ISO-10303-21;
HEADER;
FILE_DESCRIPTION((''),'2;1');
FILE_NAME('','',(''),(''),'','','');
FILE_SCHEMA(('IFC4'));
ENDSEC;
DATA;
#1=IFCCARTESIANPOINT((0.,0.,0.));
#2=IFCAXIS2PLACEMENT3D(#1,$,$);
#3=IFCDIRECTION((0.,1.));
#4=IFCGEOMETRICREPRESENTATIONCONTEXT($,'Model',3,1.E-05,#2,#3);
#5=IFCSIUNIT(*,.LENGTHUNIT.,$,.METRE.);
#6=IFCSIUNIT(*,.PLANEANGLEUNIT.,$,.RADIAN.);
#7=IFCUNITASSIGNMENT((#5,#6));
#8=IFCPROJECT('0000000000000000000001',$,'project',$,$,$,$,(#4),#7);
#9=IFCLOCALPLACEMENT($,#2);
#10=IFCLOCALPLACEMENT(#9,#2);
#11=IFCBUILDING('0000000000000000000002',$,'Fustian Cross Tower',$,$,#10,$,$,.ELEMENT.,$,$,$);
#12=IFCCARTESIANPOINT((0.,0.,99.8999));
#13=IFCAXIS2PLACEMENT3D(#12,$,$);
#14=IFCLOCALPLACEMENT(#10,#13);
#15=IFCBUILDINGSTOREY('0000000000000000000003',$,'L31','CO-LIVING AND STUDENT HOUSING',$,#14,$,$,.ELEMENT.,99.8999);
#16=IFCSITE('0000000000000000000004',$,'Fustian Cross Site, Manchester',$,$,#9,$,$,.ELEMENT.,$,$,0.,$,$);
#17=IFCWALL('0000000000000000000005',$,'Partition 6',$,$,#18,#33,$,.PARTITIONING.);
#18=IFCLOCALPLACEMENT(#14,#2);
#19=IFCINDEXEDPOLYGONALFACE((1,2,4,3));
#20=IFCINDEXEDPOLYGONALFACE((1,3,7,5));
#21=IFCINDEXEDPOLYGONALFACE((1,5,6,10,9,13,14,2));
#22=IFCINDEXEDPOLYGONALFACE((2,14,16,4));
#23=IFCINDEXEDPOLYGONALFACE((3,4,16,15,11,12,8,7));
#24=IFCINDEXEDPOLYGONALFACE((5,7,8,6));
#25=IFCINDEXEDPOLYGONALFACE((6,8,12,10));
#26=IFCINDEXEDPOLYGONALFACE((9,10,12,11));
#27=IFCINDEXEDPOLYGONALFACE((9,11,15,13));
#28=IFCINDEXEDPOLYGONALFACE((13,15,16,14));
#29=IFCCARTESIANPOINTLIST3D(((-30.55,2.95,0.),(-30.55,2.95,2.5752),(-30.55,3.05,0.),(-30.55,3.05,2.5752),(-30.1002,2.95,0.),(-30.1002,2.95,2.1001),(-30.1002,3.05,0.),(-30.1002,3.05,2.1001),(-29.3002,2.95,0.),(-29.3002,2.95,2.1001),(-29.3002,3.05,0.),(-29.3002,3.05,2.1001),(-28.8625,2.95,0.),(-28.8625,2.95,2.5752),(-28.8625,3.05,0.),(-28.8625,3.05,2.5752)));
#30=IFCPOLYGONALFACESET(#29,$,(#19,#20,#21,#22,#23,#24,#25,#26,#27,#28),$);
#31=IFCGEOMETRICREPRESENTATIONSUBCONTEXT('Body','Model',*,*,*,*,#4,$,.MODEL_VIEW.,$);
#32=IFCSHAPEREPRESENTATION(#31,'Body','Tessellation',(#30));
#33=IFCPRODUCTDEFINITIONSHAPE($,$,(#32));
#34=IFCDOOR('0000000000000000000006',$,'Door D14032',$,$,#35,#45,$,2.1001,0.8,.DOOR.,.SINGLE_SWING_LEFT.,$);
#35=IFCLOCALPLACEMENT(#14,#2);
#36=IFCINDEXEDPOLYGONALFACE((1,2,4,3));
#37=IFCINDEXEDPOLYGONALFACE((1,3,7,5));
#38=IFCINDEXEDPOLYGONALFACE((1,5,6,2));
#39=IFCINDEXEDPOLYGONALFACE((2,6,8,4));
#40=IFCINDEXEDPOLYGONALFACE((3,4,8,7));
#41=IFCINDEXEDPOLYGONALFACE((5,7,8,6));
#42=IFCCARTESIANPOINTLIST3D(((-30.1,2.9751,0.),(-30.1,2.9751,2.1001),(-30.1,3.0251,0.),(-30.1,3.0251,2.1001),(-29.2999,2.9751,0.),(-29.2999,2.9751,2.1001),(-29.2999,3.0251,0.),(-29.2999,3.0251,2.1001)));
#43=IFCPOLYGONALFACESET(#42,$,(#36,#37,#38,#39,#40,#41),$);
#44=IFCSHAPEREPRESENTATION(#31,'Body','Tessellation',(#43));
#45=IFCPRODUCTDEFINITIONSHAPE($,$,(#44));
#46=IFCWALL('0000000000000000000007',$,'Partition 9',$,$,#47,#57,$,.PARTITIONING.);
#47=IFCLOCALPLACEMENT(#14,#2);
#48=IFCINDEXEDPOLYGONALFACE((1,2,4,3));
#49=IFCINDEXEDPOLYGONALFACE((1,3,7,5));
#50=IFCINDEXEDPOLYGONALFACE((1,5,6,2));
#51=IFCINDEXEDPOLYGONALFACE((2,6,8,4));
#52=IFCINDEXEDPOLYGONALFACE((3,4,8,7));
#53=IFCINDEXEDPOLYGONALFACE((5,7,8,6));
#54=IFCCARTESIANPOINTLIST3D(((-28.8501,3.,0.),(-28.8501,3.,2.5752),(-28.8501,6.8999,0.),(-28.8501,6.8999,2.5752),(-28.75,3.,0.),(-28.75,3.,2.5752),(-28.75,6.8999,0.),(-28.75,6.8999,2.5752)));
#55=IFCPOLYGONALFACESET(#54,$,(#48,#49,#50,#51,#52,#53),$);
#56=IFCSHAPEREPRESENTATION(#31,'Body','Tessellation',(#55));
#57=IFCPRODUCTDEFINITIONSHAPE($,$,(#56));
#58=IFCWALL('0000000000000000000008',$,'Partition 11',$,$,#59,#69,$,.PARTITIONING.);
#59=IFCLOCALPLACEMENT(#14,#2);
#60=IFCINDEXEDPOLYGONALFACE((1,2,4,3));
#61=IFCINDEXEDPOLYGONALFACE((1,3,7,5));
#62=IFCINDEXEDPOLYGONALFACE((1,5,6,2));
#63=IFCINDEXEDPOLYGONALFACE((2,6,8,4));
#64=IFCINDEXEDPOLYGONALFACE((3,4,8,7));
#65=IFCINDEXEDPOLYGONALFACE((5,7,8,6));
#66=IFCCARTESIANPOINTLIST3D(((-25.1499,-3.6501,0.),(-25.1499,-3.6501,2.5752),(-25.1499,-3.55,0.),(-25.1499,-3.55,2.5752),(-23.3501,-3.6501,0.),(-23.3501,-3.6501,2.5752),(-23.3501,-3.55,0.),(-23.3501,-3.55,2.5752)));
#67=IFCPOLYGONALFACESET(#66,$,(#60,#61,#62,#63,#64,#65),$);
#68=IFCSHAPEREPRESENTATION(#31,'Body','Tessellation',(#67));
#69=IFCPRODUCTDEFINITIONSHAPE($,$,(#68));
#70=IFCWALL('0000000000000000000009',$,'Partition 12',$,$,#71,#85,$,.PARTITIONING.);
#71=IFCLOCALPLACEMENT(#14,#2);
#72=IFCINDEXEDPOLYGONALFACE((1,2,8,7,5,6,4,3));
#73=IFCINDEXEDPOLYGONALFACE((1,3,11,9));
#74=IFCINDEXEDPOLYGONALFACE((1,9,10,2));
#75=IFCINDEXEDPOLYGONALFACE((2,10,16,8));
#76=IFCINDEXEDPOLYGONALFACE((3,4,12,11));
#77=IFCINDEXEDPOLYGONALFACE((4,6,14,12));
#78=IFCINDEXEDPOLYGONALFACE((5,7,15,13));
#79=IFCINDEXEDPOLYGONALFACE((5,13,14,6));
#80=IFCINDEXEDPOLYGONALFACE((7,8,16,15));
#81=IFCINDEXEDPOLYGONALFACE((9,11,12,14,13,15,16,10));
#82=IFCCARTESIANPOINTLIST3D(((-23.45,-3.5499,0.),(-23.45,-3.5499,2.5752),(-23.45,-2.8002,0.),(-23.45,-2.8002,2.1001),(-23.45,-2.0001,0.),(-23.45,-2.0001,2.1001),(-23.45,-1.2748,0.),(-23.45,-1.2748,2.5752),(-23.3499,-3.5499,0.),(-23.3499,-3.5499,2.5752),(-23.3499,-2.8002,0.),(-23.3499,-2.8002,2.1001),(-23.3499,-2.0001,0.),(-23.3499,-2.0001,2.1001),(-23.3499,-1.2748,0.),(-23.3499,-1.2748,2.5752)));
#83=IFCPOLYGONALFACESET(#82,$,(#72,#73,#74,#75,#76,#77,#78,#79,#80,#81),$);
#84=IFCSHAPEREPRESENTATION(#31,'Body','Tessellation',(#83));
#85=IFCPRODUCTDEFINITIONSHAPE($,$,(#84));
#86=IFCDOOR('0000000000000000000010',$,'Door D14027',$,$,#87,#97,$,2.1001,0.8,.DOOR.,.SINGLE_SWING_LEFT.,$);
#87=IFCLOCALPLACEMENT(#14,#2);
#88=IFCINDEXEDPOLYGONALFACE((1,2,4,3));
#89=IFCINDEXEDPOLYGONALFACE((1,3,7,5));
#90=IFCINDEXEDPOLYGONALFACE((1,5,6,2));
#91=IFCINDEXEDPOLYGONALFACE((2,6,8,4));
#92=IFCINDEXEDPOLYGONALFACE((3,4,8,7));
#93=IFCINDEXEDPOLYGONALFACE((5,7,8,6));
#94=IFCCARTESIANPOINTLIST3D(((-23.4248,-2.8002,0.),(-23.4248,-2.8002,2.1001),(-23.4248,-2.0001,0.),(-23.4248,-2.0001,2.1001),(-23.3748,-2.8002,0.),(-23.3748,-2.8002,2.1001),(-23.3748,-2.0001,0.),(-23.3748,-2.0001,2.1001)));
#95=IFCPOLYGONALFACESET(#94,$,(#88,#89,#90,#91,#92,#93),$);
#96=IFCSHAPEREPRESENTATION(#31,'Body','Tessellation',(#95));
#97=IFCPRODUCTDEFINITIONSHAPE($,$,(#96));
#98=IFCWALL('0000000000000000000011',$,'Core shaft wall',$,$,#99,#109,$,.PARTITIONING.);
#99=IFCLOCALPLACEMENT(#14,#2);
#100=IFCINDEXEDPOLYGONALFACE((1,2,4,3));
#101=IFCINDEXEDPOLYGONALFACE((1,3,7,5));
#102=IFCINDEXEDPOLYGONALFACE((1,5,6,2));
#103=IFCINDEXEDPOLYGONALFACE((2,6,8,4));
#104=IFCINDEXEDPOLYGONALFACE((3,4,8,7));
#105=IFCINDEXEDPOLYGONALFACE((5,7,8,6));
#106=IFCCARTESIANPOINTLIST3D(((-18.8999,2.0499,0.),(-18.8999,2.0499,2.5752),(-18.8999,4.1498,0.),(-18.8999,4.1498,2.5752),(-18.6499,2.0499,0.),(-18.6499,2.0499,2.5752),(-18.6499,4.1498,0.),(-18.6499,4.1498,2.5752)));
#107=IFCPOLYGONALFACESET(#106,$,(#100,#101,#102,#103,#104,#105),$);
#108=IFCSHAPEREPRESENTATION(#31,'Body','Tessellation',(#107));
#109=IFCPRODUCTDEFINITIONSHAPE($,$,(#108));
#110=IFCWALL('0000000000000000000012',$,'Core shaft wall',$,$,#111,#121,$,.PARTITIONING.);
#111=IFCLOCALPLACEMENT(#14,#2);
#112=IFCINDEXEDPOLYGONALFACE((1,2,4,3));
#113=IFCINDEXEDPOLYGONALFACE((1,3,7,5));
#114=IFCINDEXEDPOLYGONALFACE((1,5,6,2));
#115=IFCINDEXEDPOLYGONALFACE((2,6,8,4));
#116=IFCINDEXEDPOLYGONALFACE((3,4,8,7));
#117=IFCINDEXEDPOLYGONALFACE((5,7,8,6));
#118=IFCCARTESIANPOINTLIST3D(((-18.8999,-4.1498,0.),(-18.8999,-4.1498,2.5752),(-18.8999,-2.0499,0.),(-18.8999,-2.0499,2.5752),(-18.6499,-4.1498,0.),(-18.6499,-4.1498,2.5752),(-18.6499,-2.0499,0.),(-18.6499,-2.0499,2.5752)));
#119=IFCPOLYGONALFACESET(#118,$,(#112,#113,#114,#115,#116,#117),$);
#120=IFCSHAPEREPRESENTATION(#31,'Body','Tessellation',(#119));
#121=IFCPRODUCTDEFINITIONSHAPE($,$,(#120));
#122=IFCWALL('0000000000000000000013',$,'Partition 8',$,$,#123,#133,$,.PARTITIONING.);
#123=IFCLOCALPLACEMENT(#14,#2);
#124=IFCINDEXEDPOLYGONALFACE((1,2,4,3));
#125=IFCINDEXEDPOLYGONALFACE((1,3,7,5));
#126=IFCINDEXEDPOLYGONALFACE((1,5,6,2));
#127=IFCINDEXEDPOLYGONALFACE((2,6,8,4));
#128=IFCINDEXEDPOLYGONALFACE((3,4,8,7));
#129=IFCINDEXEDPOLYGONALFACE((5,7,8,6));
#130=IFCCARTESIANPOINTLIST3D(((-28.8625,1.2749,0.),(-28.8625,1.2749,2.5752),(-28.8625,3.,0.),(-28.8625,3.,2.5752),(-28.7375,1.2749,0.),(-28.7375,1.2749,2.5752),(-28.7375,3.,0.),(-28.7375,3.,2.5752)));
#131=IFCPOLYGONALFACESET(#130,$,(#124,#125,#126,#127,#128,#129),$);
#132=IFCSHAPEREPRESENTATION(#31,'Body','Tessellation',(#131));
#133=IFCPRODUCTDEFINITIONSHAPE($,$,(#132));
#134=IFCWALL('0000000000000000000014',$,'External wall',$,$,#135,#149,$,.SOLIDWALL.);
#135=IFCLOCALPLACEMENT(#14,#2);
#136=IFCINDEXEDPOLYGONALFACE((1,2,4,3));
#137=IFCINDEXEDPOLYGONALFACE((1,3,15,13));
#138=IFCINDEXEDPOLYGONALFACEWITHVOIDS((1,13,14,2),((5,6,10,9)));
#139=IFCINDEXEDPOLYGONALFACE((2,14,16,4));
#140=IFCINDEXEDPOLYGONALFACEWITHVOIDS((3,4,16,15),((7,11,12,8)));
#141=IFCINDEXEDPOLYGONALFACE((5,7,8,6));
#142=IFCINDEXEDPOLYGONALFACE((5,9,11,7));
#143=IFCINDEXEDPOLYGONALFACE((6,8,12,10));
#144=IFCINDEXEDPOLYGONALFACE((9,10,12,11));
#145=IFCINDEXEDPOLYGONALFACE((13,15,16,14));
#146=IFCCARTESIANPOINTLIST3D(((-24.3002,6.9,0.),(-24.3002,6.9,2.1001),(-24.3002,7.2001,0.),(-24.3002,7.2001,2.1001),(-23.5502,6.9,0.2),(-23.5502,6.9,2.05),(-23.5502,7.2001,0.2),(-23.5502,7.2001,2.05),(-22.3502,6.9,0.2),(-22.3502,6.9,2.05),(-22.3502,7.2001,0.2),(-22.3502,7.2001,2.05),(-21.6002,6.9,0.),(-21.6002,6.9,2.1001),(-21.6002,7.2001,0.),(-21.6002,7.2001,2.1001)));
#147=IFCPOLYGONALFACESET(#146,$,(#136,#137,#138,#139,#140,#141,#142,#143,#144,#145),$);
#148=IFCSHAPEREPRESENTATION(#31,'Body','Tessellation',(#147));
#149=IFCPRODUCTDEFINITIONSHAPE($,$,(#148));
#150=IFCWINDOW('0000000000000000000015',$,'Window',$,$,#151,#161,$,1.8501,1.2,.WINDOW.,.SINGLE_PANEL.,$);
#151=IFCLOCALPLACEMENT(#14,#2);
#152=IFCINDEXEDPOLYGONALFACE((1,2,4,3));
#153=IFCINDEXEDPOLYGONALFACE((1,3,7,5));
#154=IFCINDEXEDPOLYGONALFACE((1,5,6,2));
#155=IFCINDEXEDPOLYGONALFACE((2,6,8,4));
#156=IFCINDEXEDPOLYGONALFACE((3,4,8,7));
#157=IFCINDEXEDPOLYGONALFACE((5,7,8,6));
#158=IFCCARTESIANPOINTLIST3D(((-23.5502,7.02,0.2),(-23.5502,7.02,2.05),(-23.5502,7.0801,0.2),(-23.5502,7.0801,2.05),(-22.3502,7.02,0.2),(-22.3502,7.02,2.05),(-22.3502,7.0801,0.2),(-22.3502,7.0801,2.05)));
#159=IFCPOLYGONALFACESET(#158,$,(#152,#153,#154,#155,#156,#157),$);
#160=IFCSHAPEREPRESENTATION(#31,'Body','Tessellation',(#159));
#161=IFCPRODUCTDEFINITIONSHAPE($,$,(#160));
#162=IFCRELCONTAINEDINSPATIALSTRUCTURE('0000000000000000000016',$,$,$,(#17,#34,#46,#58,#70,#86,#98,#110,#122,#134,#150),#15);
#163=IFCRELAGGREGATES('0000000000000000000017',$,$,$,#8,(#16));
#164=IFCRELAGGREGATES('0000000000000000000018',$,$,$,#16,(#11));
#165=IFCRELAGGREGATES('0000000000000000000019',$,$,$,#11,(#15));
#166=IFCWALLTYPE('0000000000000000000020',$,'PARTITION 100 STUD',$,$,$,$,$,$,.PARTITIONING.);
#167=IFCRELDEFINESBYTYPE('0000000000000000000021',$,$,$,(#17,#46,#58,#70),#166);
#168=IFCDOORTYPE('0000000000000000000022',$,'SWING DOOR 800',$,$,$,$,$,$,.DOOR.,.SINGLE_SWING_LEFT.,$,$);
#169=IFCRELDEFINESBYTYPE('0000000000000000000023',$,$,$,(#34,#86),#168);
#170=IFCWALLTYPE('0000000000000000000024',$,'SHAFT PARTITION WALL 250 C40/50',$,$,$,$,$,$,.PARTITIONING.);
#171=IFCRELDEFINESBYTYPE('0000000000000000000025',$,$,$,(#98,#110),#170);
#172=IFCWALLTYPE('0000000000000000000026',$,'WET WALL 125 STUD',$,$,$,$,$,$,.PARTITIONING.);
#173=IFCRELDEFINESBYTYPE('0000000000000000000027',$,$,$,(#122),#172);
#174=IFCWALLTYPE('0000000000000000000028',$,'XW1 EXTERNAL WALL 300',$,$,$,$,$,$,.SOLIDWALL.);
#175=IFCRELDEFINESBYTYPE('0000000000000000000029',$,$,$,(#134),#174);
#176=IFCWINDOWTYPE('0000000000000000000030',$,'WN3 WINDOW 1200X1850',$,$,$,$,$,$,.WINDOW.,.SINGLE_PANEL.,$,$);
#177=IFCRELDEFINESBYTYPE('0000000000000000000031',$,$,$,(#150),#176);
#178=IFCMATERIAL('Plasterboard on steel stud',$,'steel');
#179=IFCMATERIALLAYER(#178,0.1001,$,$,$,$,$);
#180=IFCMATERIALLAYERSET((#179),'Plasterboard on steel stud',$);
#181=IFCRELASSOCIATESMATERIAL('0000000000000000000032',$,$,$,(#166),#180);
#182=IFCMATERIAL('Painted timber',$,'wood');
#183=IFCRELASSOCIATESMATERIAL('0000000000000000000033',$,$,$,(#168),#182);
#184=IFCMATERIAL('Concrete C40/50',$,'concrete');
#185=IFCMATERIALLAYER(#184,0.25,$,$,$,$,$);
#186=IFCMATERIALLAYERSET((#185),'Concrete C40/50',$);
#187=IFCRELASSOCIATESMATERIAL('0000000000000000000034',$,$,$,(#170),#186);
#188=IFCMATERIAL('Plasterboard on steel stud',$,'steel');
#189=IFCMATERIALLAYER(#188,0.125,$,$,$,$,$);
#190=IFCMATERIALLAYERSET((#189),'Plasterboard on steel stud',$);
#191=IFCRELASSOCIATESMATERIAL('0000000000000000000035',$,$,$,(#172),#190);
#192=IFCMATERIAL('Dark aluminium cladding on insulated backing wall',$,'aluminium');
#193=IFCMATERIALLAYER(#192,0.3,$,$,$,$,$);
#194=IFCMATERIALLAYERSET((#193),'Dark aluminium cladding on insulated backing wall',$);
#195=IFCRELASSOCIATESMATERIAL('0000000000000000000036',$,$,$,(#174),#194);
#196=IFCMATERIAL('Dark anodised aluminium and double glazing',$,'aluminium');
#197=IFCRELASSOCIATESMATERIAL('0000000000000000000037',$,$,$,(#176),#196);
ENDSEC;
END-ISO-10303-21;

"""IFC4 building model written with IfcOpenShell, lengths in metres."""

from ifc_helpers import new_model, si_unit, direction, frame, frame_2d, origin, place, context, subcontext, project, spatial, rectangle, extrude, material, layer, layer_set, type_object, element, fill, save


model = new_model("IFC4")

# Units and contexts
model_context = context("Model", 3, precision=1e-05, world=origin(), true_north=direction((0.0, 1.0)))
body_context = subcontext(model_context, "Body", "Model", "MODEL_VIEW")
ifc_project = project(units=[si_unit("LENGTHUNIT", "METRE"), si_unit("PLANEANGLEUNIT", "RADIAN")], contexts=[model_context])

# Site, building, storey
site_placement = place(None, origin())
site = spatial("IfcSite", under=ifc_project, at=site_placement, Name="Fustian Cross Site, Manchester", CompositionType="ELEMENT", RefElevation=0.0)
building_placement = place(site_placement, origin())
building = spatial("IfcBuilding", under=site, at=building_placement, Name="Fustian Cross Tower", CompositionType="ELEMENT")
storey_placement = place(building_placement, frame((0.0, 0.0, 99.8999)))
storey = spatial("IfcBuildingStorey", under=building, at=storey_placement, Name="L31", Description="CO-LIVING AND STUDENT HOUSING", CompositionType="ELEMENT", Elevation=99.8999)

# Shared definitions
ifc_material_1 = material(Name="Plasterboard on steel stud", Category="steel")
ifc_layer_1 = layer(ifc_material_1, 0.1001)
ifc_layer_set_1 = layer_set([ifc_layer_1], Name="Plasterboard on steel stud")
wall_type_1 = type_object("IfcWallType", Name="PARTITION 100 STUD", PredefinedType="PARTITIONING", material=ifc_layer_set_1)

# Wall, opening, door
wall_1_placement = place(storey_placement, frame((-30.55, 3.0, 0.0), z_axis=(0.0, 0.0, 1.0), x_axis=(1.0, 0.0, 0.0)))
wall_1 = element("IfcWall", 1, at=wall_1_placement, inside=storey, type_object=wall_type_1, Name="Partition 6", PredefinedType="PARTITIONING", context=body_context, shape_type="SweptSolid", body=[
    extrude(rectangle(XDim=1.6875, YDim=0.1001, at=frame_2d((0.8438, 0.0))), origin(), (0.0, 0.0, 1.0), 2.5752),
])
opening_1_placement = place(wall_1_placement, frame((0.45, 0.0, 0.0)))
opening_1 = element("IfcOpeningElement", 2, at=opening_1_placement, cuts=wall_1, PredefinedType="OPENING", context=body_context, shape_type="SweptSolid", body=[
    extrude(rectangle(XDim=0.8, YDim=2.1001, at=frame_2d((0.3999, 1.05))), frame((0.0, 0.0601, 0.0), z_axis=(0.0, -1.0, 0.0), x_axis=(1.0, 0.0, 0.0)), (0.0, 0.0, 1.0), 0.1201),
])
ifc_material_2 = material(Name="Painted timber", Category="wood")
door_type_1 = type_object("IfcDoorType", Name="SWING DOOR 800", OperationType="SINGLE_SWING_LEFT", PredefinedType="DOOR", material=ifc_material_2)
door_1_placement = place(opening_1_placement, frame((0.8, 0.0, 0.0), z_axis=(0.0, 0.0, 1.0), x_axis=(-1.0, 0.0, 0.0)))
door_1 = element("IfcDoor", 3, at=door_1_placement, inside=storey, type_object=door_type_1, Name="Door D14032", OperationType="SINGLE_SWING_LEFT", OverallHeight=2.1001, OverallWidth=0.8, PredefinedType="DOOR", context=body_context, shape_type="SweptSolid", body=[
    extrude(rectangle(XDim=0.8, YDim=2.1001, at=frame_2d((0.3999, 1.05))), frame((0.0, 0.0249, 0.0), z_axis=(0.0, -1.0, 0.0), x_axis=(1.0, 0.0, 0.0)), (0.0, 0.0, 1.0), 0.05),
])
fill(opening_1, door_1)

# Walls
wall_2_placement = place(storey_placement, frame((-28.8, 3.0, 0.0), z_axis=(0.0, 0.0, 1.0), x_axis=(0.0, 1.0, 0.0)))
element("IfcWall", 4, at=wall_2_placement, inside=storey, type_object=wall_type_1, Name="Partition 9", PredefinedType="PARTITIONING", context=body_context, shape_type="SweptSolid", body=[
    extrude(rectangle(XDim=3.8999, YDim=0.1001, at=frame_2d((1.95, 0.0))), origin(), (0.0, 0.0, 1.0), 2.5752),
])
wall_3_placement = place(storey_placement, frame((-25.1499, -3.6001, 0.0), z_axis=(0.0, 0.0, 1.0), x_axis=(1.0, 0.0, 0.0)))
element("IfcWall", 5, at=wall_3_placement, inside=storey, type_object=wall_type_1, Name="Partition 11", PredefinedType="PARTITIONING", context=body_context, shape_type="SweptSolid", body=[
    extrude(rectangle(XDim=1.7998, YDim=0.1001, at=frame_2d((0.8999, 0.0))), origin(), (0.0, 0.0, 1.0), 2.5752),
])

# Wall, opening, door
wall_4_placement = place(storey_placement, frame((-23.3999, -3.55, 0.0), z_axis=(0.0, 0.0, 1.0), x_axis=(0.0, 1.0, 0.0)))
wall_4 = element("IfcWall", 6, at=wall_4_placement, inside=storey, type_object=wall_type_1, Name="Partition 12", PredefinedType="PARTITIONING", context=body_context, shape_type="SweptSolid", body=[
    extrude(rectangle(XDim=2.2751, YDim=0.1001, at=frame_2d((1.1377, 0.0))), origin(), (0.0, 0.0, 1.0), 2.5752),
])
opening_2_placement = place(wall_4_placement, frame((0.75, 0.0, 0.0)))
opening_2 = element("IfcOpeningElement", 7, at=opening_2_placement, cuts=wall_4, PredefinedType="OPENING", context=body_context, shape_type="SweptSolid", body=[
    extrude(rectangle(XDim=0.8, YDim=2.1001, at=frame_2d((0.3999, 1.05))), frame((0.0, 0.0601, 0.0), z_axis=(0.0, -1.0, 0.0), x_axis=(1.0, 0.0, 0.0)), (0.0, 0.0, 1.0), 0.1201),
])
door_2_placement = place(opening_2_placement, origin())
door_2 = element("IfcDoor", 8, at=door_2_placement, inside=storey, type_object=door_type_1, Name="Door D14027", OperationType="SINGLE_SWING_LEFT", OverallHeight=2.1001, OverallWidth=0.8, PredefinedType="DOOR", context=body_context, shape_type="SweptSolid", body=[
    extrude(rectangle(XDim=0.8, YDim=2.1001, at=frame_2d((0.3999, 1.05))), frame((0.0, 0.0249, 0.0), z_axis=(0.0, -1.0, 0.0), x_axis=(1.0, 0.0, 0.0)), (0.0, 0.0, 1.0), 0.05),
])
fill(opening_2, door_2)

# Walls
ifc_material_3 = material(Name="Concrete C40/50", Category="concrete")
ifc_layer_2 = layer(ifc_material_3, 0.25)
ifc_layer_set_2 = layer_set([ifc_layer_2], Name="Concrete C40/50")
wall_type_2 = type_object("IfcWallType", Name="SHAFT PARTITION WALL 250 C40/50", PredefinedType="PARTITIONING", material=ifc_layer_set_2)
for number, where, z_axis, x_axis, name in (
    (9, (-18.7749, 2.05, 0.0), (0.0, 0.0, 1.0), (0.0, 1.0, 0.0), "Core shaft wall"),
    (10, (-18.7749, -2.05, 0.0), (0.0, 0.0, 1.0), (0.0, -1.0, 0.0), "Core shaft wall"),
):
    element("IfcWall", number, at=place(storey_placement, frame(where, z_axis=z_axis, x_axis=x_axis)), inside=storey, type_object=wall_type_2, Name=name, PredefinedType="PARTITIONING", context=body_context, shape_type="SweptSolid", body=[
        extrude(rectangle(XDim=2.0999, YDim=0.25, at=frame_2d((1.0498, 0.0))), origin(), (0.0, 0.0, 1.0), 2.5752),
    ])
ifc_material_4 = material(Name="Plasterboard on steel stud", Category="steel")
ifc_layer_3 = layer(ifc_material_4, 0.125)
ifc_layer_set_3 = layer_set([ifc_layer_3], Name="Plasterboard on steel stud")
wall_type_3 = type_object("IfcWallType", Name="WET WALL 125 STUD", PredefinedType="PARTITIONING", material=ifc_layer_set_3)
wall_5_placement = place(storey_placement, frame((-28.8, 1.2749, 0.0), z_axis=(0.0, 0.0, 1.0), x_axis=(0.0, 1.0, 0.0)))
element("IfcWall", 11, at=wall_5_placement, inside=storey, type_object=wall_type_3, Name="Partition 8", PredefinedType="PARTITIONING", context=body_context, shape_type="SweptSolid", body=[
    extrude(rectangle(XDim=1.7251, YDim=0.125, at=frame_2d((0.8625, 0.0))), origin(), (0.0, 0.0, 1.0), 2.5752),
])

# Wall, opening, window
ifc_material_5 = material(Name="Dark aluminium cladding on insulated backing wall", Category="aluminium")
ifc_layer_4 = layer(ifc_material_5, 0.3)
ifc_layer_set_4 = layer_set([ifc_layer_4], Name="Dark aluminium cladding on insulated backing wall")
wall_type_4 = type_object("IfcWallType", Name="XW1 EXTERNAL WALL 300", PredefinedType="SOLIDWALL", material=ifc_layer_set_4)
wall_6_placement = place(storey_placement, frame((-21.6001, 7.05, 0.0), z_axis=(0.0, 0.0, 1.0), x_axis=(-1.0, 0.0, 0.0)))
wall_6 = element("IfcWall", 12, at=wall_6_placement, inside=storey, type_object=wall_type_4, Name="External wall", PredefinedType="SOLIDWALL", context=body_context, shape_type="SweptSolid", body=[
    extrude(rectangle(XDim=2.7, YDim=0.3, at=frame_2d((1.3501, 0.0))), origin(), (0.0, 0.0, 1.0), 2.1001),
])
opening_3_placement = place(wall_6_placement, frame((0.75, 0.0, 0.2)))
opening_3 = element("IfcOpeningElement", 13, at=opening_3_placement, cuts=wall_6, PredefinedType="OPENING", context=body_context, shape_type="SweptSolid", body=[
    extrude(rectangle(XDim=1.2, YDim=1.8501, at=frame_2d((0.6001, 0.925))), frame((0.0, 0.1599, 0.0), z_axis=(0.0, -1.0, 0.0), x_axis=(1.0, 0.0, 0.0)), (0.0, 0.0, 1.0), 0.3201),
])
ifc_material_6 = material(Name="Dark anodised aluminium and double glazing", Category="aluminium")
window_type = type_object("IfcWindowType", Name="WN3 WINDOW 1200X1850", PartitioningType="SINGLE_PANEL", PredefinedType="WINDOW", material=ifc_material_6)
window_1_placement = place(opening_3_placement, origin())
window_1 = element("IfcWindow", 14, at=window_1_placement, inside=storey, type_object=window_type, Name="Window", OverallHeight=1.8501, OverallWidth=1.2, PartitioningType="SINGLE_PANEL", PredefinedType="WINDOW", context=body_context, shape_type="SweptSolid", body=[
    extrude(rectangle(XDim=1.2, YDim=1.8501, at=frame_2d((0.6001, 0.925))), frame((0.0, 0.03, 0.0), z_axis=(0.0, -1.0, 0.0), x_axis=(1.0, 0.0, 0.0)), (0.0, 0.0, 1.0), 0.0601),
])
fill(opening_3, window_1)

save(model, "model.ifc")
